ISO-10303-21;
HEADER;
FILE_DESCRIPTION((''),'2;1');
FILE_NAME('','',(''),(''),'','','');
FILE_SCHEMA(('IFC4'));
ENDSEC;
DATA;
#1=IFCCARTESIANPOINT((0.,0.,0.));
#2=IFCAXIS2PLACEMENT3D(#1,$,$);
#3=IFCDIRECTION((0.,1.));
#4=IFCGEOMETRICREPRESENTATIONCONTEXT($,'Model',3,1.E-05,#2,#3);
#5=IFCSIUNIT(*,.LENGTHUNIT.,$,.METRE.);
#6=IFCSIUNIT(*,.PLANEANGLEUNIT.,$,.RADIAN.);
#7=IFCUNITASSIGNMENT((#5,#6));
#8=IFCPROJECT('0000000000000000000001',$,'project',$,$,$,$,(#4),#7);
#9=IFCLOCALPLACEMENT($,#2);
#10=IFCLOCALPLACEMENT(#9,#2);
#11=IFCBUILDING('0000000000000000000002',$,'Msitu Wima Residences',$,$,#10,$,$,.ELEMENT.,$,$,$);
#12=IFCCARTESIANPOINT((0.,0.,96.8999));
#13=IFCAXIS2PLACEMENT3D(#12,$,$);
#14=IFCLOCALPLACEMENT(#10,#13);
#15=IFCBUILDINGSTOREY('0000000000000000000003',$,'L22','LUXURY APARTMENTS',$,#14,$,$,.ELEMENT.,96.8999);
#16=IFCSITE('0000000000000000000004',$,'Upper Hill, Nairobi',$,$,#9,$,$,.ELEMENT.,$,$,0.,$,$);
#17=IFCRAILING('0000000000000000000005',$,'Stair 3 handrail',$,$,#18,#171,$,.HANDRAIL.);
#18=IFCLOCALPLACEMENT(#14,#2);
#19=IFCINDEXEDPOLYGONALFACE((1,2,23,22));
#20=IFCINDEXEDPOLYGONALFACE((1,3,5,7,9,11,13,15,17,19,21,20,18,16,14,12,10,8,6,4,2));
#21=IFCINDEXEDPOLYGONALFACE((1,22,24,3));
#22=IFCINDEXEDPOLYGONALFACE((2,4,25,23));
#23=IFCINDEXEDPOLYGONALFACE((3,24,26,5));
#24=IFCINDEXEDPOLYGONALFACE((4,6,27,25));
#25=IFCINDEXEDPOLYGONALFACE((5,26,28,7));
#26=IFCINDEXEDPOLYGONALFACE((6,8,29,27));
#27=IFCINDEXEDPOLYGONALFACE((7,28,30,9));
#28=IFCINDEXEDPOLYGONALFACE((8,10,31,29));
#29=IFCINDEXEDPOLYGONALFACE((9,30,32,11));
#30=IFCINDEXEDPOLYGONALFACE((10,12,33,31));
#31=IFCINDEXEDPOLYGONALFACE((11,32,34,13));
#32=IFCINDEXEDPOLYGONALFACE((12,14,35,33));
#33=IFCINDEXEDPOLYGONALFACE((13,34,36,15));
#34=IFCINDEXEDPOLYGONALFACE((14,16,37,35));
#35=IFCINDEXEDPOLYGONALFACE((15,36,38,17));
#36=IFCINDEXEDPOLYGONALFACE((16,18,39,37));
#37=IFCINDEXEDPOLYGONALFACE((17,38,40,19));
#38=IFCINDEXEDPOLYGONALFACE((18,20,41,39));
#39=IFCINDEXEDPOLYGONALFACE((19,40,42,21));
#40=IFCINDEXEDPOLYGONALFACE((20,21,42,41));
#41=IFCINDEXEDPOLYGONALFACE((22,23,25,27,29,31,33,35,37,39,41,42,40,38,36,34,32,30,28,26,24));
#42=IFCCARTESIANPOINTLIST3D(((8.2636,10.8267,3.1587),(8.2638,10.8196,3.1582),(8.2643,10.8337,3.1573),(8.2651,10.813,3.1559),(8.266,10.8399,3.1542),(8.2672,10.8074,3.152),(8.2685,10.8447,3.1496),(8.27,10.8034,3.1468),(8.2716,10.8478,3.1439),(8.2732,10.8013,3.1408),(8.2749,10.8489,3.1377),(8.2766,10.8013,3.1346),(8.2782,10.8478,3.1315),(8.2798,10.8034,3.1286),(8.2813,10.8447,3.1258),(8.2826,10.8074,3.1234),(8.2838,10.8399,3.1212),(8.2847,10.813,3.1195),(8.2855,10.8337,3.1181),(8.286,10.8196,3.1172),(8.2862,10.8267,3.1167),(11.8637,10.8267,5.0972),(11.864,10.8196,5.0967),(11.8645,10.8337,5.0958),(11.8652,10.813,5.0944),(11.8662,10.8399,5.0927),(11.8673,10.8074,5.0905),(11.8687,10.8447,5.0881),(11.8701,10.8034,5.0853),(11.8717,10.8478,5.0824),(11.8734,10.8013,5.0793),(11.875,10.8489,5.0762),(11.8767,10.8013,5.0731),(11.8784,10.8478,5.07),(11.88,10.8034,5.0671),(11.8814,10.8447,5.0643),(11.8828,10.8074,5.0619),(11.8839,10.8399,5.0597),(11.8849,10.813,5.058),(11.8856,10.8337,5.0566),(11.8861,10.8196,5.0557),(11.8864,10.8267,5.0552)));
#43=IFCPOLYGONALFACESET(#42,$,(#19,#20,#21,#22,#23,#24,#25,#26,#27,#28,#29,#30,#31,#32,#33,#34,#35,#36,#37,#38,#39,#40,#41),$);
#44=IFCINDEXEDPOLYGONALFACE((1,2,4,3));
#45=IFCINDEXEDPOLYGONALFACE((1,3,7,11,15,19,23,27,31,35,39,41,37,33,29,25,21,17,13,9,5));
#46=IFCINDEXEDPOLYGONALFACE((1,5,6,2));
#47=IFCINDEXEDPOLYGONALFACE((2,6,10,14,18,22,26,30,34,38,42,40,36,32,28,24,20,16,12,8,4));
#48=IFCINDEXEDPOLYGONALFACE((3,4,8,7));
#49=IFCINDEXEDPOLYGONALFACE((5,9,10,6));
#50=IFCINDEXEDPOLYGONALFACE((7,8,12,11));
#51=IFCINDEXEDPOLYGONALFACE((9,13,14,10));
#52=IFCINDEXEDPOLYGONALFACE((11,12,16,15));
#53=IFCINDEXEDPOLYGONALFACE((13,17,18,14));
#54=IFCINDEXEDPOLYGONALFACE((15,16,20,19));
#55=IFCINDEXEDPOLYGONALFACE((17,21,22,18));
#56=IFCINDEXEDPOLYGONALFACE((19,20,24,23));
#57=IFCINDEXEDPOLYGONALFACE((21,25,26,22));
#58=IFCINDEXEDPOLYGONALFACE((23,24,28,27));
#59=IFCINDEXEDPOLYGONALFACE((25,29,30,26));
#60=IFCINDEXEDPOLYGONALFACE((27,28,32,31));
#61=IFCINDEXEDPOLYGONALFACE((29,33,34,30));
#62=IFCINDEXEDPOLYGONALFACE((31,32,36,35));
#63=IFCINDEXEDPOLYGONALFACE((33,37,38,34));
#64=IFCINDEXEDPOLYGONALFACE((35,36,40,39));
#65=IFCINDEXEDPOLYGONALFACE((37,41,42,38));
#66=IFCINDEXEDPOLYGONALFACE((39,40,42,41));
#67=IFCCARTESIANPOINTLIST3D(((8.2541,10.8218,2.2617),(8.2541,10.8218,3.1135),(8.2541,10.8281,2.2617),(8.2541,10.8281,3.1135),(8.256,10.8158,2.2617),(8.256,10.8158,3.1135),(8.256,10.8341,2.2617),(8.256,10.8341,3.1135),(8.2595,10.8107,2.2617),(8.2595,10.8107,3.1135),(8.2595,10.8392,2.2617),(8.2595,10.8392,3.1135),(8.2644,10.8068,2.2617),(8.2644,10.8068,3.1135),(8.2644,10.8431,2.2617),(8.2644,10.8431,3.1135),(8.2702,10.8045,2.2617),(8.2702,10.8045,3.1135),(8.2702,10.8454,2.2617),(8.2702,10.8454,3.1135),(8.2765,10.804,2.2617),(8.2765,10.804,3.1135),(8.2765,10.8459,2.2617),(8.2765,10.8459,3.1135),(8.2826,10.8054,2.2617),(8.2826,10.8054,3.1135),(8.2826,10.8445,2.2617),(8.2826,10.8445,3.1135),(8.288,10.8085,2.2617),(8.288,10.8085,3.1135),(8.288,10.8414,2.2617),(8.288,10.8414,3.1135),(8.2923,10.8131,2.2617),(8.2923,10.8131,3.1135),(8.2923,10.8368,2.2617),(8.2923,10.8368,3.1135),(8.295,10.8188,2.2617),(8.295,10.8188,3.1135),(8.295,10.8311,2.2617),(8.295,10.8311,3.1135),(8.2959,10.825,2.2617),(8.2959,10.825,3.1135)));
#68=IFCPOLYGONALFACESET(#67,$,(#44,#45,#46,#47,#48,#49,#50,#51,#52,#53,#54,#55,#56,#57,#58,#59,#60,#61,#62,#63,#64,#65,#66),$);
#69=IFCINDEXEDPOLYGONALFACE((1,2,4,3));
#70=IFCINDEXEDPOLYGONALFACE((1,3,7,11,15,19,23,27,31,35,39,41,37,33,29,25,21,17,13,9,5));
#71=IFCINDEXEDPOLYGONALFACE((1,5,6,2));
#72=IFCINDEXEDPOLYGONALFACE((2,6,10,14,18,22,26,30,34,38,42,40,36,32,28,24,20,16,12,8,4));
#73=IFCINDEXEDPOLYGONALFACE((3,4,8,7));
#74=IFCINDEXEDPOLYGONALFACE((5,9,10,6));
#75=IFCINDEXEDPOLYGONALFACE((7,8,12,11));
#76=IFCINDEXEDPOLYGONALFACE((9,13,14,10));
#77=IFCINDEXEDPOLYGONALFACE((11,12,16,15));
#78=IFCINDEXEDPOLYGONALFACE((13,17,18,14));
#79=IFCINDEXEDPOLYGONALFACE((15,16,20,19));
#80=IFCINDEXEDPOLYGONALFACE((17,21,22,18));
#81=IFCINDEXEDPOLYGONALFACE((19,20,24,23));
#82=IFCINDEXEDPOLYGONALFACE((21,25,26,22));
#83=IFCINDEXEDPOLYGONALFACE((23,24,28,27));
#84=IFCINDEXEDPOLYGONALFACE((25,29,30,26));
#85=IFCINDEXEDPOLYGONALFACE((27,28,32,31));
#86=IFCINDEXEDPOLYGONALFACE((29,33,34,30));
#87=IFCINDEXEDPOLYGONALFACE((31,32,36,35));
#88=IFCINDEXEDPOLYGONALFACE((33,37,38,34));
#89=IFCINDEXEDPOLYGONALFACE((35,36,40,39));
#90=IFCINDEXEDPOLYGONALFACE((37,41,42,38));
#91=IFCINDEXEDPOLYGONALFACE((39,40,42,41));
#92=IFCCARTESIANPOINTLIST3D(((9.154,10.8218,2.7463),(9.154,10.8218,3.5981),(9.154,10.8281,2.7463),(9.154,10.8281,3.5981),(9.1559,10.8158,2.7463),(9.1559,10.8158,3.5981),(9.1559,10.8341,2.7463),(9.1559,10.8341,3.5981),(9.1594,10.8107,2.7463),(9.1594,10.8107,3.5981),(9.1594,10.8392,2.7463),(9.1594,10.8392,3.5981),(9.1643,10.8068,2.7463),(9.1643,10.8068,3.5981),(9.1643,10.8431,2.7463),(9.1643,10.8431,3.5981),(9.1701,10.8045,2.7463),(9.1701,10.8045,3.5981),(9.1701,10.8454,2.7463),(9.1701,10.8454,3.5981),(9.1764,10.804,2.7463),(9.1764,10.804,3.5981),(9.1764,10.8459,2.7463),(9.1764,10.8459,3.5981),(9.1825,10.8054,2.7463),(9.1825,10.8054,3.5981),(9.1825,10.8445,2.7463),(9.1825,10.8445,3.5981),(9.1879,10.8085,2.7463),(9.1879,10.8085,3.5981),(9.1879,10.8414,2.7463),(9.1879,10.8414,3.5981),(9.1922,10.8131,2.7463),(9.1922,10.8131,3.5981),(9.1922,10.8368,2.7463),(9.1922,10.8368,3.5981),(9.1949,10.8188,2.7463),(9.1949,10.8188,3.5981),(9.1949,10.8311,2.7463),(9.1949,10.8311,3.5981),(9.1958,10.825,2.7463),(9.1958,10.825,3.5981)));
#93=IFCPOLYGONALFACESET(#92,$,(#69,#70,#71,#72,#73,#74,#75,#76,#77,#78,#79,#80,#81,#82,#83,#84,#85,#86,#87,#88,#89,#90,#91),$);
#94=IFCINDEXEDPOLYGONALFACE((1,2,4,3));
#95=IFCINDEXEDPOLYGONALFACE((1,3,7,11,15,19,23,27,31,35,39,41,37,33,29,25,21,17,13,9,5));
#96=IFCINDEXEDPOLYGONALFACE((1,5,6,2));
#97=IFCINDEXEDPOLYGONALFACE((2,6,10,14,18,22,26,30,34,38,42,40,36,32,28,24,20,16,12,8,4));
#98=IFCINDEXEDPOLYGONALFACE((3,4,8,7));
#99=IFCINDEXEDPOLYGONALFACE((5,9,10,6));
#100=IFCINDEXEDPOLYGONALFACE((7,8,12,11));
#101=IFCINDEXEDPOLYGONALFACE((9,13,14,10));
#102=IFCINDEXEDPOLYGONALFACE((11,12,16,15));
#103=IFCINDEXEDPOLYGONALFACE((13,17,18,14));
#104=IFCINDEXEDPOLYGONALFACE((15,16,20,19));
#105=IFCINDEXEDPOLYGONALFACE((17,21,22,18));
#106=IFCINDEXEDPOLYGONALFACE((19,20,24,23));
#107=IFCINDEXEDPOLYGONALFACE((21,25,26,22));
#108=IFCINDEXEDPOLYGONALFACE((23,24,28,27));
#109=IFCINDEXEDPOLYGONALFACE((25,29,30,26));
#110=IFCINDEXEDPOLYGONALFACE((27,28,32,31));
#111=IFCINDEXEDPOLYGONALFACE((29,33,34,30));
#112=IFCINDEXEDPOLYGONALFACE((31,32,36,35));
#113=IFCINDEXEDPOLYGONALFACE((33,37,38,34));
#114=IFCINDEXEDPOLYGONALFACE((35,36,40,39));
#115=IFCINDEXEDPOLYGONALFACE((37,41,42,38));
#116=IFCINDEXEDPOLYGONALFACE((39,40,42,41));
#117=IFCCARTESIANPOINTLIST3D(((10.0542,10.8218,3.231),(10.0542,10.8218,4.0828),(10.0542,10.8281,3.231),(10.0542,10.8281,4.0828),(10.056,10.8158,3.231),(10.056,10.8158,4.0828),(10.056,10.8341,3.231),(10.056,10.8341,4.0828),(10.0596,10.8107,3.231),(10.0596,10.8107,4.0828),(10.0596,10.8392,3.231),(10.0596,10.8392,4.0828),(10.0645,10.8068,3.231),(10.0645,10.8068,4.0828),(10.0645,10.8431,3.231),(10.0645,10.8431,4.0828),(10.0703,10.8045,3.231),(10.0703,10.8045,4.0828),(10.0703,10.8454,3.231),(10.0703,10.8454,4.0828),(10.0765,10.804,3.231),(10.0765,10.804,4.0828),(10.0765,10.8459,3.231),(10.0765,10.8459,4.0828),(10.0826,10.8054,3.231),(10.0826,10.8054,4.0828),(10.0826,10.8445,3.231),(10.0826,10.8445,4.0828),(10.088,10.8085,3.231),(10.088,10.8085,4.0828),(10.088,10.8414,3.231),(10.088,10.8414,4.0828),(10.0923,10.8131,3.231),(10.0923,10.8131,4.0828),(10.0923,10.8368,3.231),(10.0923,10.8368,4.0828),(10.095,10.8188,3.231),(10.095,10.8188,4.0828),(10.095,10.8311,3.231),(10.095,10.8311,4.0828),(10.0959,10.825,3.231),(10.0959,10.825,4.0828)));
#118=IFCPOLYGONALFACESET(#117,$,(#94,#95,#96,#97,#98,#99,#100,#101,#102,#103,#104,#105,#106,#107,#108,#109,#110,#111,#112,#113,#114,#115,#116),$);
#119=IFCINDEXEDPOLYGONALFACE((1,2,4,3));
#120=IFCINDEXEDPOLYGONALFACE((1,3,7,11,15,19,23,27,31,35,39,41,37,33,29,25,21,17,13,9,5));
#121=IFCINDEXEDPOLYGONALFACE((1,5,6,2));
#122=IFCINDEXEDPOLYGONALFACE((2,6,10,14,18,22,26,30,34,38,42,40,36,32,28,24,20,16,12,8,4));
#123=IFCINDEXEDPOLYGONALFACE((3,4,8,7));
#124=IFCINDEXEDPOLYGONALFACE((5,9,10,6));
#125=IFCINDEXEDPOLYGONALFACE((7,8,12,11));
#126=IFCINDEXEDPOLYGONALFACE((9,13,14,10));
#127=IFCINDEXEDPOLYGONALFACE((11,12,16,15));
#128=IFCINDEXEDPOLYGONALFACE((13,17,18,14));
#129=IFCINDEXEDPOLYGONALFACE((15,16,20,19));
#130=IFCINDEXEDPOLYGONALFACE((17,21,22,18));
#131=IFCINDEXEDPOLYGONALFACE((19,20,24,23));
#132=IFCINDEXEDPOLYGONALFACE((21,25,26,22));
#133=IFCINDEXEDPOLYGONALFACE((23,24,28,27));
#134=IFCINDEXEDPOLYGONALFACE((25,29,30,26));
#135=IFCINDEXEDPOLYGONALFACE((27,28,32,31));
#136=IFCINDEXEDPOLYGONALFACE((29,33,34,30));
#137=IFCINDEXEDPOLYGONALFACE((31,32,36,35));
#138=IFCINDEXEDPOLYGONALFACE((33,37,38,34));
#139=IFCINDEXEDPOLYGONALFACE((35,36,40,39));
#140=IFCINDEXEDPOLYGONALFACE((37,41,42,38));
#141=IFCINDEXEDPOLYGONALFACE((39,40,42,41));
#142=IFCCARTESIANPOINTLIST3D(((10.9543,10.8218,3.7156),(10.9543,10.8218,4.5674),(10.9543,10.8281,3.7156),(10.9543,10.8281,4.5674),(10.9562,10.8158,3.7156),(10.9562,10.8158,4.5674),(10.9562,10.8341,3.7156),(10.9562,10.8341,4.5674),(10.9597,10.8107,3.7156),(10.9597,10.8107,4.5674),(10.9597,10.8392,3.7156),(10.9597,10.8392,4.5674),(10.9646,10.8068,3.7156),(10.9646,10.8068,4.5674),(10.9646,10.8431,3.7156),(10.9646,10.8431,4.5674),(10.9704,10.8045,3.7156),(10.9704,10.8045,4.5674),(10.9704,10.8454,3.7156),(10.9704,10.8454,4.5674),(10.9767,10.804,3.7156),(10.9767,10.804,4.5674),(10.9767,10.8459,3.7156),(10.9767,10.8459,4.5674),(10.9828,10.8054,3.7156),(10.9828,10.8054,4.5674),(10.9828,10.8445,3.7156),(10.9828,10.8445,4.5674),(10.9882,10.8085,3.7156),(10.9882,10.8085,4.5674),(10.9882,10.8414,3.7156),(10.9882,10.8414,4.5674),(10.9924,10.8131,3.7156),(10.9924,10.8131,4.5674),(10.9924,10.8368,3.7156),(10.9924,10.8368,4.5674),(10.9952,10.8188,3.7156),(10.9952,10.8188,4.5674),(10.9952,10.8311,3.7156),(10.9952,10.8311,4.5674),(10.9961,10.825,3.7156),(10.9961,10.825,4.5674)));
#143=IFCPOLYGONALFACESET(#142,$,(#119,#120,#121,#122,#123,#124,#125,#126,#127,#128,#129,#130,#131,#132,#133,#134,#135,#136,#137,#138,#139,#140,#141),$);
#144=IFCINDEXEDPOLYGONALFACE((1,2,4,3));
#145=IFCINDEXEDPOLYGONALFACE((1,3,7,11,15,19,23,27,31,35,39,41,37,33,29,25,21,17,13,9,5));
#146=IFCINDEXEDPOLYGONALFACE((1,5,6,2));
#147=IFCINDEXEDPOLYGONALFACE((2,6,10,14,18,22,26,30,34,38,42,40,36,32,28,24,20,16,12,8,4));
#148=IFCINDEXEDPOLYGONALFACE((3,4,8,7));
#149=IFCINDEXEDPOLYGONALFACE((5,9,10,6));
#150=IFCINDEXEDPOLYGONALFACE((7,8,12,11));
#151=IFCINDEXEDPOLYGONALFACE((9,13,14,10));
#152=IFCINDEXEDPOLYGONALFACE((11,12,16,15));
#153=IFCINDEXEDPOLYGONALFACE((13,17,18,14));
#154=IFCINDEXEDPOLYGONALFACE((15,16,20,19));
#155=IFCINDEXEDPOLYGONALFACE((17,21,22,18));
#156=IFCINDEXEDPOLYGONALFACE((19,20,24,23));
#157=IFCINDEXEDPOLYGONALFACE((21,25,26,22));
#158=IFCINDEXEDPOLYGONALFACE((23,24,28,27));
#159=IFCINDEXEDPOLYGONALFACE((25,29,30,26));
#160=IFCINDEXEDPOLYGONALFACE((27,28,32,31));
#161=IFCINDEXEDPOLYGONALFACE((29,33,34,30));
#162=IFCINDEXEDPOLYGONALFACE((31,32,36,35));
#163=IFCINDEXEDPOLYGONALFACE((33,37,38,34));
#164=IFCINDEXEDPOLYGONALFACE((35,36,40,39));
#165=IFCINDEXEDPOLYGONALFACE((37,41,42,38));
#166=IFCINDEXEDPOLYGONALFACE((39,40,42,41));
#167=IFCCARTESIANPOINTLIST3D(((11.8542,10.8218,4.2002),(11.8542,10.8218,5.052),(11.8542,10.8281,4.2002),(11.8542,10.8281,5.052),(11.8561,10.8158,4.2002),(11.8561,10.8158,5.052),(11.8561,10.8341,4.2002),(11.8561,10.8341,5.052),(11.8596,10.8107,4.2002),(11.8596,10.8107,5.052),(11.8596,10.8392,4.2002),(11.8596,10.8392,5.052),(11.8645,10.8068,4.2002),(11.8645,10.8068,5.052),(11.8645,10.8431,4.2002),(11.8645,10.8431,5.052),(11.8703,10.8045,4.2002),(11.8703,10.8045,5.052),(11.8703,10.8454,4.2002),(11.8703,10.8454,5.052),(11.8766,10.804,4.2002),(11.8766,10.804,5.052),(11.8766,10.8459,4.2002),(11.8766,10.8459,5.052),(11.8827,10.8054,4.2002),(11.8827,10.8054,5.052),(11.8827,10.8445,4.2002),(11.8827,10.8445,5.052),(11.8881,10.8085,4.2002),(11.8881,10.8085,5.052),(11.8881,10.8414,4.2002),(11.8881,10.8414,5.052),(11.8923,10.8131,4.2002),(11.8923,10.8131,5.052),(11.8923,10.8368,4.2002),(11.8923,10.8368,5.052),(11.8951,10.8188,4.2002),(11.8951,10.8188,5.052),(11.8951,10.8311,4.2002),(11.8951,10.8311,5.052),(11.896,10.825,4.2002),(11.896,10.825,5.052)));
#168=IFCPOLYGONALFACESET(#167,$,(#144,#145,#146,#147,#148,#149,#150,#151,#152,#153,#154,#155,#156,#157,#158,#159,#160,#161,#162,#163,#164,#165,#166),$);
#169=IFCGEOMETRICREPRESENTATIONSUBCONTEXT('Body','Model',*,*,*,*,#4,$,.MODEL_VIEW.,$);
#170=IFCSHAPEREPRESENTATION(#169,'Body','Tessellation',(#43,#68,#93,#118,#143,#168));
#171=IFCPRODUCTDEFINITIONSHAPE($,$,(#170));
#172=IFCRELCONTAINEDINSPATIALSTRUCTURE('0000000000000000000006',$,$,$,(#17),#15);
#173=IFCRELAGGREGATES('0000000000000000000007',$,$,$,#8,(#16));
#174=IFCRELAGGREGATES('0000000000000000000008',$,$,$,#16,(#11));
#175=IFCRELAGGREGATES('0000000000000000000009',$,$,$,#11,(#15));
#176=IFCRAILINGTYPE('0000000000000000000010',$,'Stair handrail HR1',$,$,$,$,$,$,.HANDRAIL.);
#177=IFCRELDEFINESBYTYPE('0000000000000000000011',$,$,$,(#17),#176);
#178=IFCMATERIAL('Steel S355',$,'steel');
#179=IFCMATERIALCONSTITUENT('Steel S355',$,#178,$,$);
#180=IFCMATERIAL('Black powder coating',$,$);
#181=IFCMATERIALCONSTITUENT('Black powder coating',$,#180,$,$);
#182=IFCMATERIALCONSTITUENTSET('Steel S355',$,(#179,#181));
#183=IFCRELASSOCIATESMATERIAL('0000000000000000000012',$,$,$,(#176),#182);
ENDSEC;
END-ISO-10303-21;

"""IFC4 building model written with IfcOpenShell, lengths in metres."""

from ifc_helpers import new_model, si_unit, direction, frame, origin, origin_2d, place, context, subcontext, project, spatial, circle, extrude, material, constituent, constituent_set, type_object, element, save


model = new_model("IFC4")

# Units and contexts
model_context = context("Model", 3, precision=1e-05, world=origin(), true_north=direction((0.0, 1.0)))
body_context = subcontext(model_context, "Body", "Model", "MODEL_VIEW")
ifc_project = project(units=[si_unit("LENGTHUNIT", "METRE"), si_unit("PLANEANGLEUNIT", "RADIAN")], contexts=[model_context])

# Site, building, storey
site_placement = place(None, origin())
site = spatial("IfcSite", under=ifc_project, at=site_placement, Name="Upper Hill, Nairobi", CompositionType="ELEMENT", RefElevation=0.0)
building_placement = place(site_placement, origin())
building = spatial("IfcBuilding", under=site, at=building_placement, Name="Msitu Wima Residences", CompositionType="ELEMENT")
storey_placement = place(building_placement, frame((0.0, 0.0, 96.8999)))
storey = spatial("IfcBuildingStorey", under=building, at=storey_placement, Name="L22", Description="LUXURY APARTMENTS", CompositionType="ELEMENT", Elevation=96.8999)

# Railing
ifc_material_1 = material(Name="Steel S355", Category="steel")
ifc_constituent_1 = constituent(ifc_material_1, Name="Steel S355")
ifc_material_2 = material(Name="Black powder coating")
ifc_constituent_2 = constituent(ifc_material_2, Name="Black powder coating")
ifc_constituent_set = constituent_set(constituents=[ifc_constituent_1, ifc_constituent_2], Name="Steel S355")
railing_type = type_object("IfcRailingType", Name="Stair handrail HR1", PredefinedType="HANDRAIL", material=ifc_constituent_set)
for number, where, name in (
    (1, (8.2749, 10.825, 2.2617), "Stair 3 handrail"),
):
    element("IfcRailing", number, at=place(storey_placement, frame(where)), inside=storey, type_object=railing_type, Name=name, PredefinedType="HANDRAIL", context=body_context, shape_type="SweptSolid", body=[
        extrude(circle(Radius=0.0239, at=origin_2d()), frame((0.0, 0.0, 0.876), z_axis=(0.880475, 0.0, 0.474093), x_axis=(0.0, 1.0, 0.0)), (0.0, 0.0, 1.0), 4.0889),
        extrude(circle(Radius=0.021, at=origin_2d()), origin(), (0.0, 0.0, 1.0), 0.8518),
        extrude(circle(Radius=0.021, at=origin_2d()), frame((0.8999, 0.0, 0.4846)), (0.0, 0.0, 1.0), 0.8518),
        extrude(circle(Radius=0.021, at=origin_2d()), frame((1.8, 0.0, 0.9692)), (0.0, 0.0, 1.0), 0.8518),
        extrude(circle(Radius=0.021, at=origin_2d()), frame((2.7002, 0.0, 1.4539)), (0.0, 0.0, 1.0), 0.8518),
        extrude(circle(Radius=0.021, at=origin_2d()), frame((3.6001, 0.0, 1.9385)), (0.0, 0.0, 1.0), 0.8518),
    ])

save(model, "model.ifc")
